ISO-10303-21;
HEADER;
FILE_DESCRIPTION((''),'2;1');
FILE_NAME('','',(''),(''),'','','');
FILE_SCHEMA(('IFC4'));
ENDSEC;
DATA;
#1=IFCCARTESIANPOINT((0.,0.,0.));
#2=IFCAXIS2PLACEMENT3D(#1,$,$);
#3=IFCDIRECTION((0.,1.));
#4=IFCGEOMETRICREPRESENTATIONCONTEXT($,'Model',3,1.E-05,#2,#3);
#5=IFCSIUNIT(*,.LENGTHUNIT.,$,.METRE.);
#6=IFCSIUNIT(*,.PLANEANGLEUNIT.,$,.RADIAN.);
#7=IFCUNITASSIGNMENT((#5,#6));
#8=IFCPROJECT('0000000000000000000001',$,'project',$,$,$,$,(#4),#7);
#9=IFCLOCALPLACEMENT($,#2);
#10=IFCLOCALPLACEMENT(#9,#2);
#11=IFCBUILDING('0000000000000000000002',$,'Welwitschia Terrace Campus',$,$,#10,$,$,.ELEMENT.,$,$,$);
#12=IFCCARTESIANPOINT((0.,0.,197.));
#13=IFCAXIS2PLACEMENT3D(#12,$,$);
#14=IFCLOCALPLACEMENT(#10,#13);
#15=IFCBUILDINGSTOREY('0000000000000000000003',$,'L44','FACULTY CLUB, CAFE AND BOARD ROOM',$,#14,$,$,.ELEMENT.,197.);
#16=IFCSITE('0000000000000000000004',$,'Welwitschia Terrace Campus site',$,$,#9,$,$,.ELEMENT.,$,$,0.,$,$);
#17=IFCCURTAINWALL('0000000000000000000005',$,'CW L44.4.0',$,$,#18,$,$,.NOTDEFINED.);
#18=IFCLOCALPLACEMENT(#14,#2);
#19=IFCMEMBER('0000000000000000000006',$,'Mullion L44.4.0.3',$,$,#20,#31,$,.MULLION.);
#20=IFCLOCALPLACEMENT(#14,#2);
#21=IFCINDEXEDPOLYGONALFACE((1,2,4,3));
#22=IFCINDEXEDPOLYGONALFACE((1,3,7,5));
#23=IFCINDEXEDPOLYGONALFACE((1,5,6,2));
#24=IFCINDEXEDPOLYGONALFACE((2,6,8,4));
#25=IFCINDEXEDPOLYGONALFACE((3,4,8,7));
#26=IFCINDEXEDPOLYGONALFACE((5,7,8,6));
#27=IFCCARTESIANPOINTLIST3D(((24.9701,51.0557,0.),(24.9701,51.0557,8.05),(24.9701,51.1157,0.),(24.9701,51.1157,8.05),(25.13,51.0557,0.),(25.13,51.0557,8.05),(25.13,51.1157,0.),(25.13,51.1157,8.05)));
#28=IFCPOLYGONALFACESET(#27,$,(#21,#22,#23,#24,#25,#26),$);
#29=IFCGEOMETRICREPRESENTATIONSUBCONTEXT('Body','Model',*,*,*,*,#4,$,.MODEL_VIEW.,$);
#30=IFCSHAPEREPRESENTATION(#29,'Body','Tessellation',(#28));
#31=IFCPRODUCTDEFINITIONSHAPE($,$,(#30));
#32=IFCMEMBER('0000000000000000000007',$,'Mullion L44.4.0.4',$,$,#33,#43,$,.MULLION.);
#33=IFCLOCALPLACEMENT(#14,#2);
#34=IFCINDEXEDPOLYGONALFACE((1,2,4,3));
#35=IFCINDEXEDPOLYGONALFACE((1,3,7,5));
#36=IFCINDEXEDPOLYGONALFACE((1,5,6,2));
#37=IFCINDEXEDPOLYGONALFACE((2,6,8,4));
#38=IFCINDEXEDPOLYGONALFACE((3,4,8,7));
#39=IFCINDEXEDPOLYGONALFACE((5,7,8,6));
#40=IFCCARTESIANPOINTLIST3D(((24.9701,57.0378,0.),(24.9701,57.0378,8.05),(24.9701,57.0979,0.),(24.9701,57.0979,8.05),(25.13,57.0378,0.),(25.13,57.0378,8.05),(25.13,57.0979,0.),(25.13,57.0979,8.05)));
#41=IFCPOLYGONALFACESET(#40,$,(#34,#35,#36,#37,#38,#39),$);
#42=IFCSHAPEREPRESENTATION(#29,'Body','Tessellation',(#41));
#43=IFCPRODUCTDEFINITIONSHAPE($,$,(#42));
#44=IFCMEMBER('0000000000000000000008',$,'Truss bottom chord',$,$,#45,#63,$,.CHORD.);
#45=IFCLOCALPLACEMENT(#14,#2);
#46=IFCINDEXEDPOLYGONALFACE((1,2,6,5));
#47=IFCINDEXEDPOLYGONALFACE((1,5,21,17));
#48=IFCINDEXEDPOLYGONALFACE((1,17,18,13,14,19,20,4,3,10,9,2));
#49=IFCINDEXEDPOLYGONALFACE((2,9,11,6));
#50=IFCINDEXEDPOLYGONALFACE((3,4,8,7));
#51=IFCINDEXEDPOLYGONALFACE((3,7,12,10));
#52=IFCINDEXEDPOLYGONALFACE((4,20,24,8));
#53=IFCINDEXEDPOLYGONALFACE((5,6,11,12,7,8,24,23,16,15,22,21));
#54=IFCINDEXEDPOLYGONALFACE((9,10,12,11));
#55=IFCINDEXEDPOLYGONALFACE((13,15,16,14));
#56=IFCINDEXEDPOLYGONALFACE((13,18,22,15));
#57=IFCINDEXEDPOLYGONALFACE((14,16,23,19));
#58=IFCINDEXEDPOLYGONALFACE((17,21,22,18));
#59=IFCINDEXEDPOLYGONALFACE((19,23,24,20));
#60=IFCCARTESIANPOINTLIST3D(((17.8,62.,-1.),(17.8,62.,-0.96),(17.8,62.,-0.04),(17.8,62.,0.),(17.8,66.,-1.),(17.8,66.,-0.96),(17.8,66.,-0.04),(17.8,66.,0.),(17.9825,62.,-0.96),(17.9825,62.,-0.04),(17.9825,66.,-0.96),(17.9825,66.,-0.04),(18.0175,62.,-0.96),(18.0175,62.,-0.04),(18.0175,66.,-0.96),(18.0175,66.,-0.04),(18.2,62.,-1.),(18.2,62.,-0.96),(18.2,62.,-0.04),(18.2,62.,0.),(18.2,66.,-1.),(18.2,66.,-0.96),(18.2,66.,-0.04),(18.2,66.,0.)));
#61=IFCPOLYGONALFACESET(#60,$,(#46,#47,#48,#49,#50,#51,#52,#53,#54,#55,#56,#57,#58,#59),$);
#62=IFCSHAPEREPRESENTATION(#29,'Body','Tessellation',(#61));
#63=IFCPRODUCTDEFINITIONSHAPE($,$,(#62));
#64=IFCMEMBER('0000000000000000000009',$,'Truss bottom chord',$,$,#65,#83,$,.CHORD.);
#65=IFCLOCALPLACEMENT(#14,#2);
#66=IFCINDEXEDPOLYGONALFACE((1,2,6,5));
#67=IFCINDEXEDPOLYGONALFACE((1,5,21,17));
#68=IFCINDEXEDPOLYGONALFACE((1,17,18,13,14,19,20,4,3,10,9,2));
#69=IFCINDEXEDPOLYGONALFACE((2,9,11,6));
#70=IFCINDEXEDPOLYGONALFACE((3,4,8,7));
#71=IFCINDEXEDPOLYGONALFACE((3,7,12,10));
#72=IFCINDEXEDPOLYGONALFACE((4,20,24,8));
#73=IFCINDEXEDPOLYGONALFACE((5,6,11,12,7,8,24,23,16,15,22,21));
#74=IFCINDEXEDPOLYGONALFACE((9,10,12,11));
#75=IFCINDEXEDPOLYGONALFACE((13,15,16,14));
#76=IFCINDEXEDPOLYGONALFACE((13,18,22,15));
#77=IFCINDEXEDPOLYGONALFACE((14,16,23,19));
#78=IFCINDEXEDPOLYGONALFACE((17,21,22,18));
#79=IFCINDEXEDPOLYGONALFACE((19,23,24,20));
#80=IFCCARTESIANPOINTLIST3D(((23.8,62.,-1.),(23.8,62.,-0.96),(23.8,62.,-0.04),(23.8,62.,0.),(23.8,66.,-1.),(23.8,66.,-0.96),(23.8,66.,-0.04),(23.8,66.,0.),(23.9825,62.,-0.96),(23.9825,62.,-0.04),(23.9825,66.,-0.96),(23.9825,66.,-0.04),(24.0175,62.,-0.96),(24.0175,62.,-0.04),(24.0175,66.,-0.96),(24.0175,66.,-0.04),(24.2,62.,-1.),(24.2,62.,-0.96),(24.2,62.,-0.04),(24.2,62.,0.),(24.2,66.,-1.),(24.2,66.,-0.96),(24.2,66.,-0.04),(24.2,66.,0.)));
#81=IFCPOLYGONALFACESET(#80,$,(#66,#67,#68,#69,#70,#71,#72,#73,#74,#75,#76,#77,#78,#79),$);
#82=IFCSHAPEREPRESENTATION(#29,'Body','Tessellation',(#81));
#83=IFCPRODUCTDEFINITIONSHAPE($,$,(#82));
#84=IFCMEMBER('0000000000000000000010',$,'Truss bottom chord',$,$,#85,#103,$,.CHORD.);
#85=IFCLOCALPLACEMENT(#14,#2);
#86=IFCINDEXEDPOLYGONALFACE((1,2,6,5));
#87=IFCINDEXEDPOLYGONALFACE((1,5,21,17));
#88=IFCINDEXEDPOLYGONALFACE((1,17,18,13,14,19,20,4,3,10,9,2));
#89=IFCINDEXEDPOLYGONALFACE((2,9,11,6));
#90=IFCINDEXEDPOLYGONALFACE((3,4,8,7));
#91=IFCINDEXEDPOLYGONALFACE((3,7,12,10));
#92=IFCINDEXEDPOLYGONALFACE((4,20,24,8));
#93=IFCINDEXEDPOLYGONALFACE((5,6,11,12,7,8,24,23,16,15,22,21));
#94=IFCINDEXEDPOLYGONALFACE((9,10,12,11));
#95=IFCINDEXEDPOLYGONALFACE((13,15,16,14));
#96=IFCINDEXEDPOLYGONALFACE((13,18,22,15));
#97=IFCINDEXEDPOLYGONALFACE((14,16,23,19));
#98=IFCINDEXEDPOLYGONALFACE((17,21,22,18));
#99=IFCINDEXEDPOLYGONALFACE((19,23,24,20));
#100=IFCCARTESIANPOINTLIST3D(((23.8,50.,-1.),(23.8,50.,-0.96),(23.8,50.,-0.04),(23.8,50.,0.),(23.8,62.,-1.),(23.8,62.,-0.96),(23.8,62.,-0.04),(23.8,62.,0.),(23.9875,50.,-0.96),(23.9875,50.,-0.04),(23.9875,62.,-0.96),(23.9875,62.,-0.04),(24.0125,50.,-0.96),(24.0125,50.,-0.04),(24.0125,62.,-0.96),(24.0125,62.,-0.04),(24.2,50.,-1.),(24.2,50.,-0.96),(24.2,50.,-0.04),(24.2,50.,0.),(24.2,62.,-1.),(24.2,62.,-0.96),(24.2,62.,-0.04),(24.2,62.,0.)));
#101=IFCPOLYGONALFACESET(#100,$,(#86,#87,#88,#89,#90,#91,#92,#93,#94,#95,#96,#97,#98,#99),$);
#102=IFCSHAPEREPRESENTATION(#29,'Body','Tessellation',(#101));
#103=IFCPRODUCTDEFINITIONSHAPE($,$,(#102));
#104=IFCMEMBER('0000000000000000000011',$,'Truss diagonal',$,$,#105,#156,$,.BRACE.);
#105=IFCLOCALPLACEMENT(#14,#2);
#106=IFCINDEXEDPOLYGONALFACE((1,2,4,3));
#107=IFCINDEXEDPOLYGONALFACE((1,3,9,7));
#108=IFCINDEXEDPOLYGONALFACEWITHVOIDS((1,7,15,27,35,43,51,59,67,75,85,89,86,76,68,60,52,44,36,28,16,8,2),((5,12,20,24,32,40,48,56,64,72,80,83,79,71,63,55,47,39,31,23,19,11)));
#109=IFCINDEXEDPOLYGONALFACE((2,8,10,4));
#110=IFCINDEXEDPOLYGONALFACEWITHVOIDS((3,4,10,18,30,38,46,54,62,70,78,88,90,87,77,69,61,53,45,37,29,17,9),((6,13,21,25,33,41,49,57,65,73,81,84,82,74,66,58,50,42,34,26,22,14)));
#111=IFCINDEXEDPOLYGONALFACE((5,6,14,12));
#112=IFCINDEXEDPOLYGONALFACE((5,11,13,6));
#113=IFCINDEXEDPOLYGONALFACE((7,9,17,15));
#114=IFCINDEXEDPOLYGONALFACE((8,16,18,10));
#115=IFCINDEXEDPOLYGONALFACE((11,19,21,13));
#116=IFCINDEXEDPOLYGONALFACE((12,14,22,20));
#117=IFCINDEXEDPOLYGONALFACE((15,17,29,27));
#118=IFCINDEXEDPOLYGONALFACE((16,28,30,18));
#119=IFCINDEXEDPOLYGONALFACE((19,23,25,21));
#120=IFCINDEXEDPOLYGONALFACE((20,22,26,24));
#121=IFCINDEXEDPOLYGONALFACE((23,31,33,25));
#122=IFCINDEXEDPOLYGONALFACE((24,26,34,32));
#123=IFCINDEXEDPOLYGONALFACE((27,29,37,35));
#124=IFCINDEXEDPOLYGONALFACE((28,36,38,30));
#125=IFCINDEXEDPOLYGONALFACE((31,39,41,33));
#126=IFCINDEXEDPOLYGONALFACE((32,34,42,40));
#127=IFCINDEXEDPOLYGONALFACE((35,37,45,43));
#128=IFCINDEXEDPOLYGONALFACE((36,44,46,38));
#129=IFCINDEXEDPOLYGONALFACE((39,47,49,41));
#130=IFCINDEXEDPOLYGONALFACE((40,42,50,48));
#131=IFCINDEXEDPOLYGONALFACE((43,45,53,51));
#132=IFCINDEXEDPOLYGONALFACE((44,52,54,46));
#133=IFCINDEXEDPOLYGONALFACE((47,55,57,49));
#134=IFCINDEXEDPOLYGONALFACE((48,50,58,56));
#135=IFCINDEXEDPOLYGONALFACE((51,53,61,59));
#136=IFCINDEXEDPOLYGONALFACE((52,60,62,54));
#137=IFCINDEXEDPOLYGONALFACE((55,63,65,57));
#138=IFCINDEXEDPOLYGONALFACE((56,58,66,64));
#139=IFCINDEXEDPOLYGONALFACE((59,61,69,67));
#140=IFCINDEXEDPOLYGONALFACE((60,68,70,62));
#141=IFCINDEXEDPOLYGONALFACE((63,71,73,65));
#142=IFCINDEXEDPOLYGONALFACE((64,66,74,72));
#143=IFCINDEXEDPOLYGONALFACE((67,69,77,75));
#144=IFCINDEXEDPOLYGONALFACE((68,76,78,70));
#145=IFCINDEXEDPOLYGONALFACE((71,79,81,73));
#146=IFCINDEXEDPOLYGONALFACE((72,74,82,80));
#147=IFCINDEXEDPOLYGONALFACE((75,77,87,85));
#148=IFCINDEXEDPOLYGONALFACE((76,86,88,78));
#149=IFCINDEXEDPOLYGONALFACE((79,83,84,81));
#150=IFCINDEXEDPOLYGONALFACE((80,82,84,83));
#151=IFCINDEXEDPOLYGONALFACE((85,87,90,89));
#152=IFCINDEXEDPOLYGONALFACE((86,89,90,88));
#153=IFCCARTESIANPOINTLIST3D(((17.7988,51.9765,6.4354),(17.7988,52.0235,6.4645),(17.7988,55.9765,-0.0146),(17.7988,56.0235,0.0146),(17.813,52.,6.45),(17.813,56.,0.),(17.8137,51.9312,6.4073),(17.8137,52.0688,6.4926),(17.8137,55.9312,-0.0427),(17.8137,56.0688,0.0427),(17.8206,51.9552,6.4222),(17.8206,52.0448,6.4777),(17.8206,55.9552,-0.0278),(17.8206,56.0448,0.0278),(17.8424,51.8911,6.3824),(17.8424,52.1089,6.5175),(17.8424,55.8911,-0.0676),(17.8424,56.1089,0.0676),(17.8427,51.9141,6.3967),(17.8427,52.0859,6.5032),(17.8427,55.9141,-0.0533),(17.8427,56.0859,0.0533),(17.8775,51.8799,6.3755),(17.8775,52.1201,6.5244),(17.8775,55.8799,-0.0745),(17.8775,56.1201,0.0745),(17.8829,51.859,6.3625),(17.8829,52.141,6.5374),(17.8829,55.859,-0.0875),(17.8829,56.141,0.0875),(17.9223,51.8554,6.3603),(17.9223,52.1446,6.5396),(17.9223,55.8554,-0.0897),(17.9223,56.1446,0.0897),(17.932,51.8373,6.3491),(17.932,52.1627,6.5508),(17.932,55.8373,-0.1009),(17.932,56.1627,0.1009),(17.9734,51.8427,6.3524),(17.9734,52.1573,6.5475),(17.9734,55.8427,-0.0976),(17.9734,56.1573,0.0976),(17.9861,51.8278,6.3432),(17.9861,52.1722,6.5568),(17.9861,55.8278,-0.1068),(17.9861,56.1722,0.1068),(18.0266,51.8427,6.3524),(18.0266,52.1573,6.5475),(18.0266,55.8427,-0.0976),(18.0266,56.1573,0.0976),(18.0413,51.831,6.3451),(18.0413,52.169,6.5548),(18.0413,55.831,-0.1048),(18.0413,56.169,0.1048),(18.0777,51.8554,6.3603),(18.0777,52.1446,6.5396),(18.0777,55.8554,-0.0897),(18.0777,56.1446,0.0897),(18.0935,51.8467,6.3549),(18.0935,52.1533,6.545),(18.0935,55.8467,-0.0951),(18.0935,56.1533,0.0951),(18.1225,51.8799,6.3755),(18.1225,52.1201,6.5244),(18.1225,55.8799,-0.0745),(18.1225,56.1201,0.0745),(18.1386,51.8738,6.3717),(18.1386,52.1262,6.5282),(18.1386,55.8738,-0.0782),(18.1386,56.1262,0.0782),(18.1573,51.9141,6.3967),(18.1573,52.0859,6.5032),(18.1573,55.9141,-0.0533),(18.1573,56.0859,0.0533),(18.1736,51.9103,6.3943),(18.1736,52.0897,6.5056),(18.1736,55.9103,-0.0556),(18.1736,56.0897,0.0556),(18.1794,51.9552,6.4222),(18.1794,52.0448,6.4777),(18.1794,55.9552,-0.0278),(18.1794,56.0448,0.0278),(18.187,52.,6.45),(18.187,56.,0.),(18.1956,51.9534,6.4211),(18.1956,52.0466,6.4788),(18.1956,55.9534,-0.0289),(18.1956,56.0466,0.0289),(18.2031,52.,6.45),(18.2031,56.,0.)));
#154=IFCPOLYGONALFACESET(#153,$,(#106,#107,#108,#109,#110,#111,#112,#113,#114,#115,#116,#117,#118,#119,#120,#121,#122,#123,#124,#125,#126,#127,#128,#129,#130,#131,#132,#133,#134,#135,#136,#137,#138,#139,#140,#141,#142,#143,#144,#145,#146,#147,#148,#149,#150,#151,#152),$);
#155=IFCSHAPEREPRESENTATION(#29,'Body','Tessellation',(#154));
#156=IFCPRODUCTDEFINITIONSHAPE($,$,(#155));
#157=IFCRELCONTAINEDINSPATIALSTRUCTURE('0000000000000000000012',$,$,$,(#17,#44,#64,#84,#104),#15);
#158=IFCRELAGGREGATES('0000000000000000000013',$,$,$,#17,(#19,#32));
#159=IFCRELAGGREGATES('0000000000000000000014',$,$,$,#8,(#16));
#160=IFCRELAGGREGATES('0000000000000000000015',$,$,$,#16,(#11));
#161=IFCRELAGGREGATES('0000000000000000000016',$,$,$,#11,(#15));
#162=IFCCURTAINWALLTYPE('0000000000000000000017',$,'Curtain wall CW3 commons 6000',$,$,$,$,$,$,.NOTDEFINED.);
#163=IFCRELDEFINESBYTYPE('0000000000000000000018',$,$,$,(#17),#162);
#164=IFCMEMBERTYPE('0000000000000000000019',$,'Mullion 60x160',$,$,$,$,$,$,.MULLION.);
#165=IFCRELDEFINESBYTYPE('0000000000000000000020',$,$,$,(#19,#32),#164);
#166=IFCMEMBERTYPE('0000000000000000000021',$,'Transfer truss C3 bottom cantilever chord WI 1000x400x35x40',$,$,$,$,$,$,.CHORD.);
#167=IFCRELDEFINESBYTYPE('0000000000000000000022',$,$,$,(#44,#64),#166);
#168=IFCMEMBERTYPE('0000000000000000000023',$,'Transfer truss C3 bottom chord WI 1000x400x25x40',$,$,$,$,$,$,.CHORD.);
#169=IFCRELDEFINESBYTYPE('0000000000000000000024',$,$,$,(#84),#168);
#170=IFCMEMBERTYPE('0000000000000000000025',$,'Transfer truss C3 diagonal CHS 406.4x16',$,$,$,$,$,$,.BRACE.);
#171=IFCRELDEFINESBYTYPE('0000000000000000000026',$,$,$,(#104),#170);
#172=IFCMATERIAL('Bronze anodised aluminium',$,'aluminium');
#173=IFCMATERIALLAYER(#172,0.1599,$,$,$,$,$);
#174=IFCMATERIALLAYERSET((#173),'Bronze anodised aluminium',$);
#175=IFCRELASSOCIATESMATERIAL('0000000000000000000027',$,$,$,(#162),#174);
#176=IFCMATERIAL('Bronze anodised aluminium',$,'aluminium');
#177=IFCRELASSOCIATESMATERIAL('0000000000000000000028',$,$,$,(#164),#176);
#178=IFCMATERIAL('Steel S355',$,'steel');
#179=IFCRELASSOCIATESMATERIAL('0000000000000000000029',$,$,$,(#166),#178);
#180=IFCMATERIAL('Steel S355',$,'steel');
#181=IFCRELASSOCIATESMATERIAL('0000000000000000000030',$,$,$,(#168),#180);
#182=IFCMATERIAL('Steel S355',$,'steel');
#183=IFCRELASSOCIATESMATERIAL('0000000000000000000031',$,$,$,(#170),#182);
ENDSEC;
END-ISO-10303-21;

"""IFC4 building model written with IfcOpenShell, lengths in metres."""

from ifc_helpers import new_model, si_unit, direction, frame, origin, origin_2d, place, context, subcontext, project, spatial, rectangle, hollow_circle, i_section, extrude, material, layer, layer_set, material_profile, profile_set, type_object, element, aggregate, save


model = new_model("IFC4")

# Units and contexts
model_context = context("Model", 3, precision=1e-05, world=origin(), true_north=direction((0.0, 1.0)))
body_context = subcontext(model_context, "Body", "Model", "MODEL_VIEW")
ifc_project = project(units=[si_unit("LENGTHUNIT", "METRE"), si_unit("PLANEANGLEUNIT", "RADIAN")], contexts=[model_context])

# Site, building, storey
site_placement = place(None, origin())
site = spatial("IfcSite", under=ifc_project, at=site_placement, Name="Welwitschia Terrace Campus site", CompositionType="ELEMENT", RefElevation=0.0)
building_placement = place(site_placement, origin())
building = spatial("IfcBuilding", under=site, at=building_placement, Name="Welwitschia Terrace Campus", CompositionType="ELEMENT")
storey_placement = place(building_placement, frame((0.0, 0.0, 197.0)))
storey = spatial("IfcBuildingStorey", under=building, at=storey_placement, Name="L44", Description="FACULTY CLUB, CAFE AND BOARD ROOM", CompositionType="ELEMENT", Elevation=197.0)

# Curtain wall, members
ifc_material_1 = material(Name="Bronze anodised aluminium", Category="aluminium")
ifc_layer_1 = layer(ifc_material_1, 0.1599)
ifc_layer_set_1 = layer_set([ifc_layer_1], Name="Bronze anodised aluminium")
curtain_wall_type = type_object("IfcCurtainWallType", Name="Curtain wall CW3 commons 6000", PredefinedType="NOTDEFINED", material=ifc_layer_set_1)
curtain_wall_placement = place(storey_placement, origin())
curtain_wall = element("IfcCurtainWall", 1, at=curtain_wall_placement, inside=storey, type_object=curtain_wall_type, Name="CW L44.4.0", PredefinedType="NOTDEFINED")
ifc_material_2 = material(Name="Bronze anodised aluminium", Category="aluminium")
ifc_material_profile_1 = material_profile(ifc_material_2, rectangle(XDim=0.1599, YDim=0.0601, at=origin_2d()))
ifc_profile_set_1 = profile_set([ifc_material_profile_1], Name="Bronze anodised aluminium")
member_type_1 = type_object("IfcMemberType", Name="Mullion 60x160", PredefinedType="MULLION", material=ifc_profile_set_1)
member_1_placement = place(storey_placement, frame((25.05, 51.0857, 0.0), z_axis=(0.0, 0.0, 1.0), x_axis=(-1.0, 0.0, 0.0)))
member_1 = element("IfcMember", 2, at=member_1_placement, type_object=member_type_1, Name="Mullion L44.4.0.3", PredefinedType="MULLION", context=body_context, shape_type="SweptSolid", body=[
    extrude(rectangle(XDim=0.1599, YDim=0.0601, at=origin_2d()), origin(), (0.0, 0.0, 1.0), 8.05),
])
member_2_placement = place(storey_placement, frame((25.05, 57.0679, 0.0), z_axis=(0.0, 0.0, 1.0), x_axis=(-1.0, 0.0, 0.0)))
member_2 = element("IfcMember", 3, at=member_2_placement, type_object=member_type_1, Name="Mullion L44.4.0.4", PredefinedType="MULLION", context=body_context, shape_type="SweptSolid", body=[
    extrude(rectangle(XDim=0.1599, YDim=0.0601, at=origin_2d()), origin(), (0.0, 0.0, 1.0), 8.05),
])

# Members
ifc_material_3 = material(Name="Steel S355", Category="steel")
ifc_material_profile_2 = material_profile(ifc_material_3, i_section(OverallWidth=0.3999, OverallDepth=1.0, WebThickness=0.0349, FlangeThickness=0.04, at=origin_2d()))
ifc_profile_set_2 = profile_set([ifc_material_profile_2], Name="Steel S355")
member_type_2 = type_object("IfcMemberType", Name="Transfer truss C3 bottom cantilever chord WI 1000x400x35x40", PredefinedType="CHORD", material=ifc_profile_set_2)
for number, where, z_axis, x_axis, name in (
    (4, (18.0, 62.0, -0.5), (0.0, 1.0, 0.0), (-1.0, 0.0, 0.0), "Truss bottom chord"),
    (5, (24.0, 62.0, -0.5), (0.0, 1.0, 0.0), (-1.0, 0.0, 0.0), "Truss bottom chord"),
):
    element("IfcMember", number, at=place(storey_placement, frame(where, z_axis=z_axis, x_axis=x_axis)), inside=storey, type_object=member_type_2, Name=name, PredefinedType="CHORD", context=body_context, shape_type="SweptSolid", body=[
        extrude(i_section(OverallWidth=0.3999, OverallDepth=1.0, WebThickness=0.0349, FlangeThickness=0.04, at=origin_2d()), origin(), (0.0, 0.0, 1.0), 4.0),
    ])
ifc_material_4 = material(Name="Steel S355", Category="steel")
ifc_material_profile_3 = material_profile(ifc_material_4, i_section(OverallWidth=0.3999, OverallDepth=1.0, WebThickness=0.0249, FlangeThickness=0.04, at=origin_2d()))
ifc_profile_set_3 = profile_set([ifc_material_profile_3], Name="Steel S355")
member_type_3 = type_object("IfcMemberType", Name="Transfer truss C3 bottom chord WI 1000x400x25x40", PredefinedType="CHORD", material=ifc_profile_set_3)
member_3_placement = place(storey_placement, frame((24.0, 50.0, -0.5), z_axis=(0.0, 1.0, 0.0), x_axis=(-1.0, 0.0, 0.0)))
element("IfcMember", 6, at=member_3_placement, inside=storey, type_object=member_type_3, Name="Truss bottom chord", PredefinedType="CHORD", context=body_context, shape_type="SweptSolid", body=[
    extrude(i_section(OverallWidth=0.3999, OverallDepth=1.0, WebThickness=0.0249, FlangeThickness=0.04, at=origin_2d()), origin(), (0.0, 0.0, 1.0), 12.0),
])
ifc_material_5 = material(Name="Steel S355", Category="steel")
ifc_material_profile_4 = material_profile(ifc_material_5, hollow_circle(Radius=0.2031, WallThickness=0.0161, at=origin_2d()))
ifc_profile_set_4 = profile_set([ifc_material_profile_4], Name="Steel S355")
member_type_4 = type_object("IfcMemberType", Name="Transfer truss C3 diagonal CHS 406.4x16", PredefinedType="BRACE", material=ifc_profile_set_4)
member_4_placement = place(storey_placement, frame((18.0, 56.0, 0.0), z_axis=(0.0, -0.527038, 0.849842), x_axis=(1.0, 0.0, 0.0)))
element("IfcMember", 7, at=member_4_placement, inside=storey, type_object=member_type_4, Name="Truss diagonal", PredefinedType="BRACE", context=body_context, shape_type="SweptSolid", body=[
    extrude(hollow_circle(Radius=0.2031, WallThickness=0.0161, at=origin_2d()), origin(), (0.0, 0.0, 1.0), 7.5896),
])

aggregate(curtain_wall, [member_1, member_2])

save(model, "model.ifc")
